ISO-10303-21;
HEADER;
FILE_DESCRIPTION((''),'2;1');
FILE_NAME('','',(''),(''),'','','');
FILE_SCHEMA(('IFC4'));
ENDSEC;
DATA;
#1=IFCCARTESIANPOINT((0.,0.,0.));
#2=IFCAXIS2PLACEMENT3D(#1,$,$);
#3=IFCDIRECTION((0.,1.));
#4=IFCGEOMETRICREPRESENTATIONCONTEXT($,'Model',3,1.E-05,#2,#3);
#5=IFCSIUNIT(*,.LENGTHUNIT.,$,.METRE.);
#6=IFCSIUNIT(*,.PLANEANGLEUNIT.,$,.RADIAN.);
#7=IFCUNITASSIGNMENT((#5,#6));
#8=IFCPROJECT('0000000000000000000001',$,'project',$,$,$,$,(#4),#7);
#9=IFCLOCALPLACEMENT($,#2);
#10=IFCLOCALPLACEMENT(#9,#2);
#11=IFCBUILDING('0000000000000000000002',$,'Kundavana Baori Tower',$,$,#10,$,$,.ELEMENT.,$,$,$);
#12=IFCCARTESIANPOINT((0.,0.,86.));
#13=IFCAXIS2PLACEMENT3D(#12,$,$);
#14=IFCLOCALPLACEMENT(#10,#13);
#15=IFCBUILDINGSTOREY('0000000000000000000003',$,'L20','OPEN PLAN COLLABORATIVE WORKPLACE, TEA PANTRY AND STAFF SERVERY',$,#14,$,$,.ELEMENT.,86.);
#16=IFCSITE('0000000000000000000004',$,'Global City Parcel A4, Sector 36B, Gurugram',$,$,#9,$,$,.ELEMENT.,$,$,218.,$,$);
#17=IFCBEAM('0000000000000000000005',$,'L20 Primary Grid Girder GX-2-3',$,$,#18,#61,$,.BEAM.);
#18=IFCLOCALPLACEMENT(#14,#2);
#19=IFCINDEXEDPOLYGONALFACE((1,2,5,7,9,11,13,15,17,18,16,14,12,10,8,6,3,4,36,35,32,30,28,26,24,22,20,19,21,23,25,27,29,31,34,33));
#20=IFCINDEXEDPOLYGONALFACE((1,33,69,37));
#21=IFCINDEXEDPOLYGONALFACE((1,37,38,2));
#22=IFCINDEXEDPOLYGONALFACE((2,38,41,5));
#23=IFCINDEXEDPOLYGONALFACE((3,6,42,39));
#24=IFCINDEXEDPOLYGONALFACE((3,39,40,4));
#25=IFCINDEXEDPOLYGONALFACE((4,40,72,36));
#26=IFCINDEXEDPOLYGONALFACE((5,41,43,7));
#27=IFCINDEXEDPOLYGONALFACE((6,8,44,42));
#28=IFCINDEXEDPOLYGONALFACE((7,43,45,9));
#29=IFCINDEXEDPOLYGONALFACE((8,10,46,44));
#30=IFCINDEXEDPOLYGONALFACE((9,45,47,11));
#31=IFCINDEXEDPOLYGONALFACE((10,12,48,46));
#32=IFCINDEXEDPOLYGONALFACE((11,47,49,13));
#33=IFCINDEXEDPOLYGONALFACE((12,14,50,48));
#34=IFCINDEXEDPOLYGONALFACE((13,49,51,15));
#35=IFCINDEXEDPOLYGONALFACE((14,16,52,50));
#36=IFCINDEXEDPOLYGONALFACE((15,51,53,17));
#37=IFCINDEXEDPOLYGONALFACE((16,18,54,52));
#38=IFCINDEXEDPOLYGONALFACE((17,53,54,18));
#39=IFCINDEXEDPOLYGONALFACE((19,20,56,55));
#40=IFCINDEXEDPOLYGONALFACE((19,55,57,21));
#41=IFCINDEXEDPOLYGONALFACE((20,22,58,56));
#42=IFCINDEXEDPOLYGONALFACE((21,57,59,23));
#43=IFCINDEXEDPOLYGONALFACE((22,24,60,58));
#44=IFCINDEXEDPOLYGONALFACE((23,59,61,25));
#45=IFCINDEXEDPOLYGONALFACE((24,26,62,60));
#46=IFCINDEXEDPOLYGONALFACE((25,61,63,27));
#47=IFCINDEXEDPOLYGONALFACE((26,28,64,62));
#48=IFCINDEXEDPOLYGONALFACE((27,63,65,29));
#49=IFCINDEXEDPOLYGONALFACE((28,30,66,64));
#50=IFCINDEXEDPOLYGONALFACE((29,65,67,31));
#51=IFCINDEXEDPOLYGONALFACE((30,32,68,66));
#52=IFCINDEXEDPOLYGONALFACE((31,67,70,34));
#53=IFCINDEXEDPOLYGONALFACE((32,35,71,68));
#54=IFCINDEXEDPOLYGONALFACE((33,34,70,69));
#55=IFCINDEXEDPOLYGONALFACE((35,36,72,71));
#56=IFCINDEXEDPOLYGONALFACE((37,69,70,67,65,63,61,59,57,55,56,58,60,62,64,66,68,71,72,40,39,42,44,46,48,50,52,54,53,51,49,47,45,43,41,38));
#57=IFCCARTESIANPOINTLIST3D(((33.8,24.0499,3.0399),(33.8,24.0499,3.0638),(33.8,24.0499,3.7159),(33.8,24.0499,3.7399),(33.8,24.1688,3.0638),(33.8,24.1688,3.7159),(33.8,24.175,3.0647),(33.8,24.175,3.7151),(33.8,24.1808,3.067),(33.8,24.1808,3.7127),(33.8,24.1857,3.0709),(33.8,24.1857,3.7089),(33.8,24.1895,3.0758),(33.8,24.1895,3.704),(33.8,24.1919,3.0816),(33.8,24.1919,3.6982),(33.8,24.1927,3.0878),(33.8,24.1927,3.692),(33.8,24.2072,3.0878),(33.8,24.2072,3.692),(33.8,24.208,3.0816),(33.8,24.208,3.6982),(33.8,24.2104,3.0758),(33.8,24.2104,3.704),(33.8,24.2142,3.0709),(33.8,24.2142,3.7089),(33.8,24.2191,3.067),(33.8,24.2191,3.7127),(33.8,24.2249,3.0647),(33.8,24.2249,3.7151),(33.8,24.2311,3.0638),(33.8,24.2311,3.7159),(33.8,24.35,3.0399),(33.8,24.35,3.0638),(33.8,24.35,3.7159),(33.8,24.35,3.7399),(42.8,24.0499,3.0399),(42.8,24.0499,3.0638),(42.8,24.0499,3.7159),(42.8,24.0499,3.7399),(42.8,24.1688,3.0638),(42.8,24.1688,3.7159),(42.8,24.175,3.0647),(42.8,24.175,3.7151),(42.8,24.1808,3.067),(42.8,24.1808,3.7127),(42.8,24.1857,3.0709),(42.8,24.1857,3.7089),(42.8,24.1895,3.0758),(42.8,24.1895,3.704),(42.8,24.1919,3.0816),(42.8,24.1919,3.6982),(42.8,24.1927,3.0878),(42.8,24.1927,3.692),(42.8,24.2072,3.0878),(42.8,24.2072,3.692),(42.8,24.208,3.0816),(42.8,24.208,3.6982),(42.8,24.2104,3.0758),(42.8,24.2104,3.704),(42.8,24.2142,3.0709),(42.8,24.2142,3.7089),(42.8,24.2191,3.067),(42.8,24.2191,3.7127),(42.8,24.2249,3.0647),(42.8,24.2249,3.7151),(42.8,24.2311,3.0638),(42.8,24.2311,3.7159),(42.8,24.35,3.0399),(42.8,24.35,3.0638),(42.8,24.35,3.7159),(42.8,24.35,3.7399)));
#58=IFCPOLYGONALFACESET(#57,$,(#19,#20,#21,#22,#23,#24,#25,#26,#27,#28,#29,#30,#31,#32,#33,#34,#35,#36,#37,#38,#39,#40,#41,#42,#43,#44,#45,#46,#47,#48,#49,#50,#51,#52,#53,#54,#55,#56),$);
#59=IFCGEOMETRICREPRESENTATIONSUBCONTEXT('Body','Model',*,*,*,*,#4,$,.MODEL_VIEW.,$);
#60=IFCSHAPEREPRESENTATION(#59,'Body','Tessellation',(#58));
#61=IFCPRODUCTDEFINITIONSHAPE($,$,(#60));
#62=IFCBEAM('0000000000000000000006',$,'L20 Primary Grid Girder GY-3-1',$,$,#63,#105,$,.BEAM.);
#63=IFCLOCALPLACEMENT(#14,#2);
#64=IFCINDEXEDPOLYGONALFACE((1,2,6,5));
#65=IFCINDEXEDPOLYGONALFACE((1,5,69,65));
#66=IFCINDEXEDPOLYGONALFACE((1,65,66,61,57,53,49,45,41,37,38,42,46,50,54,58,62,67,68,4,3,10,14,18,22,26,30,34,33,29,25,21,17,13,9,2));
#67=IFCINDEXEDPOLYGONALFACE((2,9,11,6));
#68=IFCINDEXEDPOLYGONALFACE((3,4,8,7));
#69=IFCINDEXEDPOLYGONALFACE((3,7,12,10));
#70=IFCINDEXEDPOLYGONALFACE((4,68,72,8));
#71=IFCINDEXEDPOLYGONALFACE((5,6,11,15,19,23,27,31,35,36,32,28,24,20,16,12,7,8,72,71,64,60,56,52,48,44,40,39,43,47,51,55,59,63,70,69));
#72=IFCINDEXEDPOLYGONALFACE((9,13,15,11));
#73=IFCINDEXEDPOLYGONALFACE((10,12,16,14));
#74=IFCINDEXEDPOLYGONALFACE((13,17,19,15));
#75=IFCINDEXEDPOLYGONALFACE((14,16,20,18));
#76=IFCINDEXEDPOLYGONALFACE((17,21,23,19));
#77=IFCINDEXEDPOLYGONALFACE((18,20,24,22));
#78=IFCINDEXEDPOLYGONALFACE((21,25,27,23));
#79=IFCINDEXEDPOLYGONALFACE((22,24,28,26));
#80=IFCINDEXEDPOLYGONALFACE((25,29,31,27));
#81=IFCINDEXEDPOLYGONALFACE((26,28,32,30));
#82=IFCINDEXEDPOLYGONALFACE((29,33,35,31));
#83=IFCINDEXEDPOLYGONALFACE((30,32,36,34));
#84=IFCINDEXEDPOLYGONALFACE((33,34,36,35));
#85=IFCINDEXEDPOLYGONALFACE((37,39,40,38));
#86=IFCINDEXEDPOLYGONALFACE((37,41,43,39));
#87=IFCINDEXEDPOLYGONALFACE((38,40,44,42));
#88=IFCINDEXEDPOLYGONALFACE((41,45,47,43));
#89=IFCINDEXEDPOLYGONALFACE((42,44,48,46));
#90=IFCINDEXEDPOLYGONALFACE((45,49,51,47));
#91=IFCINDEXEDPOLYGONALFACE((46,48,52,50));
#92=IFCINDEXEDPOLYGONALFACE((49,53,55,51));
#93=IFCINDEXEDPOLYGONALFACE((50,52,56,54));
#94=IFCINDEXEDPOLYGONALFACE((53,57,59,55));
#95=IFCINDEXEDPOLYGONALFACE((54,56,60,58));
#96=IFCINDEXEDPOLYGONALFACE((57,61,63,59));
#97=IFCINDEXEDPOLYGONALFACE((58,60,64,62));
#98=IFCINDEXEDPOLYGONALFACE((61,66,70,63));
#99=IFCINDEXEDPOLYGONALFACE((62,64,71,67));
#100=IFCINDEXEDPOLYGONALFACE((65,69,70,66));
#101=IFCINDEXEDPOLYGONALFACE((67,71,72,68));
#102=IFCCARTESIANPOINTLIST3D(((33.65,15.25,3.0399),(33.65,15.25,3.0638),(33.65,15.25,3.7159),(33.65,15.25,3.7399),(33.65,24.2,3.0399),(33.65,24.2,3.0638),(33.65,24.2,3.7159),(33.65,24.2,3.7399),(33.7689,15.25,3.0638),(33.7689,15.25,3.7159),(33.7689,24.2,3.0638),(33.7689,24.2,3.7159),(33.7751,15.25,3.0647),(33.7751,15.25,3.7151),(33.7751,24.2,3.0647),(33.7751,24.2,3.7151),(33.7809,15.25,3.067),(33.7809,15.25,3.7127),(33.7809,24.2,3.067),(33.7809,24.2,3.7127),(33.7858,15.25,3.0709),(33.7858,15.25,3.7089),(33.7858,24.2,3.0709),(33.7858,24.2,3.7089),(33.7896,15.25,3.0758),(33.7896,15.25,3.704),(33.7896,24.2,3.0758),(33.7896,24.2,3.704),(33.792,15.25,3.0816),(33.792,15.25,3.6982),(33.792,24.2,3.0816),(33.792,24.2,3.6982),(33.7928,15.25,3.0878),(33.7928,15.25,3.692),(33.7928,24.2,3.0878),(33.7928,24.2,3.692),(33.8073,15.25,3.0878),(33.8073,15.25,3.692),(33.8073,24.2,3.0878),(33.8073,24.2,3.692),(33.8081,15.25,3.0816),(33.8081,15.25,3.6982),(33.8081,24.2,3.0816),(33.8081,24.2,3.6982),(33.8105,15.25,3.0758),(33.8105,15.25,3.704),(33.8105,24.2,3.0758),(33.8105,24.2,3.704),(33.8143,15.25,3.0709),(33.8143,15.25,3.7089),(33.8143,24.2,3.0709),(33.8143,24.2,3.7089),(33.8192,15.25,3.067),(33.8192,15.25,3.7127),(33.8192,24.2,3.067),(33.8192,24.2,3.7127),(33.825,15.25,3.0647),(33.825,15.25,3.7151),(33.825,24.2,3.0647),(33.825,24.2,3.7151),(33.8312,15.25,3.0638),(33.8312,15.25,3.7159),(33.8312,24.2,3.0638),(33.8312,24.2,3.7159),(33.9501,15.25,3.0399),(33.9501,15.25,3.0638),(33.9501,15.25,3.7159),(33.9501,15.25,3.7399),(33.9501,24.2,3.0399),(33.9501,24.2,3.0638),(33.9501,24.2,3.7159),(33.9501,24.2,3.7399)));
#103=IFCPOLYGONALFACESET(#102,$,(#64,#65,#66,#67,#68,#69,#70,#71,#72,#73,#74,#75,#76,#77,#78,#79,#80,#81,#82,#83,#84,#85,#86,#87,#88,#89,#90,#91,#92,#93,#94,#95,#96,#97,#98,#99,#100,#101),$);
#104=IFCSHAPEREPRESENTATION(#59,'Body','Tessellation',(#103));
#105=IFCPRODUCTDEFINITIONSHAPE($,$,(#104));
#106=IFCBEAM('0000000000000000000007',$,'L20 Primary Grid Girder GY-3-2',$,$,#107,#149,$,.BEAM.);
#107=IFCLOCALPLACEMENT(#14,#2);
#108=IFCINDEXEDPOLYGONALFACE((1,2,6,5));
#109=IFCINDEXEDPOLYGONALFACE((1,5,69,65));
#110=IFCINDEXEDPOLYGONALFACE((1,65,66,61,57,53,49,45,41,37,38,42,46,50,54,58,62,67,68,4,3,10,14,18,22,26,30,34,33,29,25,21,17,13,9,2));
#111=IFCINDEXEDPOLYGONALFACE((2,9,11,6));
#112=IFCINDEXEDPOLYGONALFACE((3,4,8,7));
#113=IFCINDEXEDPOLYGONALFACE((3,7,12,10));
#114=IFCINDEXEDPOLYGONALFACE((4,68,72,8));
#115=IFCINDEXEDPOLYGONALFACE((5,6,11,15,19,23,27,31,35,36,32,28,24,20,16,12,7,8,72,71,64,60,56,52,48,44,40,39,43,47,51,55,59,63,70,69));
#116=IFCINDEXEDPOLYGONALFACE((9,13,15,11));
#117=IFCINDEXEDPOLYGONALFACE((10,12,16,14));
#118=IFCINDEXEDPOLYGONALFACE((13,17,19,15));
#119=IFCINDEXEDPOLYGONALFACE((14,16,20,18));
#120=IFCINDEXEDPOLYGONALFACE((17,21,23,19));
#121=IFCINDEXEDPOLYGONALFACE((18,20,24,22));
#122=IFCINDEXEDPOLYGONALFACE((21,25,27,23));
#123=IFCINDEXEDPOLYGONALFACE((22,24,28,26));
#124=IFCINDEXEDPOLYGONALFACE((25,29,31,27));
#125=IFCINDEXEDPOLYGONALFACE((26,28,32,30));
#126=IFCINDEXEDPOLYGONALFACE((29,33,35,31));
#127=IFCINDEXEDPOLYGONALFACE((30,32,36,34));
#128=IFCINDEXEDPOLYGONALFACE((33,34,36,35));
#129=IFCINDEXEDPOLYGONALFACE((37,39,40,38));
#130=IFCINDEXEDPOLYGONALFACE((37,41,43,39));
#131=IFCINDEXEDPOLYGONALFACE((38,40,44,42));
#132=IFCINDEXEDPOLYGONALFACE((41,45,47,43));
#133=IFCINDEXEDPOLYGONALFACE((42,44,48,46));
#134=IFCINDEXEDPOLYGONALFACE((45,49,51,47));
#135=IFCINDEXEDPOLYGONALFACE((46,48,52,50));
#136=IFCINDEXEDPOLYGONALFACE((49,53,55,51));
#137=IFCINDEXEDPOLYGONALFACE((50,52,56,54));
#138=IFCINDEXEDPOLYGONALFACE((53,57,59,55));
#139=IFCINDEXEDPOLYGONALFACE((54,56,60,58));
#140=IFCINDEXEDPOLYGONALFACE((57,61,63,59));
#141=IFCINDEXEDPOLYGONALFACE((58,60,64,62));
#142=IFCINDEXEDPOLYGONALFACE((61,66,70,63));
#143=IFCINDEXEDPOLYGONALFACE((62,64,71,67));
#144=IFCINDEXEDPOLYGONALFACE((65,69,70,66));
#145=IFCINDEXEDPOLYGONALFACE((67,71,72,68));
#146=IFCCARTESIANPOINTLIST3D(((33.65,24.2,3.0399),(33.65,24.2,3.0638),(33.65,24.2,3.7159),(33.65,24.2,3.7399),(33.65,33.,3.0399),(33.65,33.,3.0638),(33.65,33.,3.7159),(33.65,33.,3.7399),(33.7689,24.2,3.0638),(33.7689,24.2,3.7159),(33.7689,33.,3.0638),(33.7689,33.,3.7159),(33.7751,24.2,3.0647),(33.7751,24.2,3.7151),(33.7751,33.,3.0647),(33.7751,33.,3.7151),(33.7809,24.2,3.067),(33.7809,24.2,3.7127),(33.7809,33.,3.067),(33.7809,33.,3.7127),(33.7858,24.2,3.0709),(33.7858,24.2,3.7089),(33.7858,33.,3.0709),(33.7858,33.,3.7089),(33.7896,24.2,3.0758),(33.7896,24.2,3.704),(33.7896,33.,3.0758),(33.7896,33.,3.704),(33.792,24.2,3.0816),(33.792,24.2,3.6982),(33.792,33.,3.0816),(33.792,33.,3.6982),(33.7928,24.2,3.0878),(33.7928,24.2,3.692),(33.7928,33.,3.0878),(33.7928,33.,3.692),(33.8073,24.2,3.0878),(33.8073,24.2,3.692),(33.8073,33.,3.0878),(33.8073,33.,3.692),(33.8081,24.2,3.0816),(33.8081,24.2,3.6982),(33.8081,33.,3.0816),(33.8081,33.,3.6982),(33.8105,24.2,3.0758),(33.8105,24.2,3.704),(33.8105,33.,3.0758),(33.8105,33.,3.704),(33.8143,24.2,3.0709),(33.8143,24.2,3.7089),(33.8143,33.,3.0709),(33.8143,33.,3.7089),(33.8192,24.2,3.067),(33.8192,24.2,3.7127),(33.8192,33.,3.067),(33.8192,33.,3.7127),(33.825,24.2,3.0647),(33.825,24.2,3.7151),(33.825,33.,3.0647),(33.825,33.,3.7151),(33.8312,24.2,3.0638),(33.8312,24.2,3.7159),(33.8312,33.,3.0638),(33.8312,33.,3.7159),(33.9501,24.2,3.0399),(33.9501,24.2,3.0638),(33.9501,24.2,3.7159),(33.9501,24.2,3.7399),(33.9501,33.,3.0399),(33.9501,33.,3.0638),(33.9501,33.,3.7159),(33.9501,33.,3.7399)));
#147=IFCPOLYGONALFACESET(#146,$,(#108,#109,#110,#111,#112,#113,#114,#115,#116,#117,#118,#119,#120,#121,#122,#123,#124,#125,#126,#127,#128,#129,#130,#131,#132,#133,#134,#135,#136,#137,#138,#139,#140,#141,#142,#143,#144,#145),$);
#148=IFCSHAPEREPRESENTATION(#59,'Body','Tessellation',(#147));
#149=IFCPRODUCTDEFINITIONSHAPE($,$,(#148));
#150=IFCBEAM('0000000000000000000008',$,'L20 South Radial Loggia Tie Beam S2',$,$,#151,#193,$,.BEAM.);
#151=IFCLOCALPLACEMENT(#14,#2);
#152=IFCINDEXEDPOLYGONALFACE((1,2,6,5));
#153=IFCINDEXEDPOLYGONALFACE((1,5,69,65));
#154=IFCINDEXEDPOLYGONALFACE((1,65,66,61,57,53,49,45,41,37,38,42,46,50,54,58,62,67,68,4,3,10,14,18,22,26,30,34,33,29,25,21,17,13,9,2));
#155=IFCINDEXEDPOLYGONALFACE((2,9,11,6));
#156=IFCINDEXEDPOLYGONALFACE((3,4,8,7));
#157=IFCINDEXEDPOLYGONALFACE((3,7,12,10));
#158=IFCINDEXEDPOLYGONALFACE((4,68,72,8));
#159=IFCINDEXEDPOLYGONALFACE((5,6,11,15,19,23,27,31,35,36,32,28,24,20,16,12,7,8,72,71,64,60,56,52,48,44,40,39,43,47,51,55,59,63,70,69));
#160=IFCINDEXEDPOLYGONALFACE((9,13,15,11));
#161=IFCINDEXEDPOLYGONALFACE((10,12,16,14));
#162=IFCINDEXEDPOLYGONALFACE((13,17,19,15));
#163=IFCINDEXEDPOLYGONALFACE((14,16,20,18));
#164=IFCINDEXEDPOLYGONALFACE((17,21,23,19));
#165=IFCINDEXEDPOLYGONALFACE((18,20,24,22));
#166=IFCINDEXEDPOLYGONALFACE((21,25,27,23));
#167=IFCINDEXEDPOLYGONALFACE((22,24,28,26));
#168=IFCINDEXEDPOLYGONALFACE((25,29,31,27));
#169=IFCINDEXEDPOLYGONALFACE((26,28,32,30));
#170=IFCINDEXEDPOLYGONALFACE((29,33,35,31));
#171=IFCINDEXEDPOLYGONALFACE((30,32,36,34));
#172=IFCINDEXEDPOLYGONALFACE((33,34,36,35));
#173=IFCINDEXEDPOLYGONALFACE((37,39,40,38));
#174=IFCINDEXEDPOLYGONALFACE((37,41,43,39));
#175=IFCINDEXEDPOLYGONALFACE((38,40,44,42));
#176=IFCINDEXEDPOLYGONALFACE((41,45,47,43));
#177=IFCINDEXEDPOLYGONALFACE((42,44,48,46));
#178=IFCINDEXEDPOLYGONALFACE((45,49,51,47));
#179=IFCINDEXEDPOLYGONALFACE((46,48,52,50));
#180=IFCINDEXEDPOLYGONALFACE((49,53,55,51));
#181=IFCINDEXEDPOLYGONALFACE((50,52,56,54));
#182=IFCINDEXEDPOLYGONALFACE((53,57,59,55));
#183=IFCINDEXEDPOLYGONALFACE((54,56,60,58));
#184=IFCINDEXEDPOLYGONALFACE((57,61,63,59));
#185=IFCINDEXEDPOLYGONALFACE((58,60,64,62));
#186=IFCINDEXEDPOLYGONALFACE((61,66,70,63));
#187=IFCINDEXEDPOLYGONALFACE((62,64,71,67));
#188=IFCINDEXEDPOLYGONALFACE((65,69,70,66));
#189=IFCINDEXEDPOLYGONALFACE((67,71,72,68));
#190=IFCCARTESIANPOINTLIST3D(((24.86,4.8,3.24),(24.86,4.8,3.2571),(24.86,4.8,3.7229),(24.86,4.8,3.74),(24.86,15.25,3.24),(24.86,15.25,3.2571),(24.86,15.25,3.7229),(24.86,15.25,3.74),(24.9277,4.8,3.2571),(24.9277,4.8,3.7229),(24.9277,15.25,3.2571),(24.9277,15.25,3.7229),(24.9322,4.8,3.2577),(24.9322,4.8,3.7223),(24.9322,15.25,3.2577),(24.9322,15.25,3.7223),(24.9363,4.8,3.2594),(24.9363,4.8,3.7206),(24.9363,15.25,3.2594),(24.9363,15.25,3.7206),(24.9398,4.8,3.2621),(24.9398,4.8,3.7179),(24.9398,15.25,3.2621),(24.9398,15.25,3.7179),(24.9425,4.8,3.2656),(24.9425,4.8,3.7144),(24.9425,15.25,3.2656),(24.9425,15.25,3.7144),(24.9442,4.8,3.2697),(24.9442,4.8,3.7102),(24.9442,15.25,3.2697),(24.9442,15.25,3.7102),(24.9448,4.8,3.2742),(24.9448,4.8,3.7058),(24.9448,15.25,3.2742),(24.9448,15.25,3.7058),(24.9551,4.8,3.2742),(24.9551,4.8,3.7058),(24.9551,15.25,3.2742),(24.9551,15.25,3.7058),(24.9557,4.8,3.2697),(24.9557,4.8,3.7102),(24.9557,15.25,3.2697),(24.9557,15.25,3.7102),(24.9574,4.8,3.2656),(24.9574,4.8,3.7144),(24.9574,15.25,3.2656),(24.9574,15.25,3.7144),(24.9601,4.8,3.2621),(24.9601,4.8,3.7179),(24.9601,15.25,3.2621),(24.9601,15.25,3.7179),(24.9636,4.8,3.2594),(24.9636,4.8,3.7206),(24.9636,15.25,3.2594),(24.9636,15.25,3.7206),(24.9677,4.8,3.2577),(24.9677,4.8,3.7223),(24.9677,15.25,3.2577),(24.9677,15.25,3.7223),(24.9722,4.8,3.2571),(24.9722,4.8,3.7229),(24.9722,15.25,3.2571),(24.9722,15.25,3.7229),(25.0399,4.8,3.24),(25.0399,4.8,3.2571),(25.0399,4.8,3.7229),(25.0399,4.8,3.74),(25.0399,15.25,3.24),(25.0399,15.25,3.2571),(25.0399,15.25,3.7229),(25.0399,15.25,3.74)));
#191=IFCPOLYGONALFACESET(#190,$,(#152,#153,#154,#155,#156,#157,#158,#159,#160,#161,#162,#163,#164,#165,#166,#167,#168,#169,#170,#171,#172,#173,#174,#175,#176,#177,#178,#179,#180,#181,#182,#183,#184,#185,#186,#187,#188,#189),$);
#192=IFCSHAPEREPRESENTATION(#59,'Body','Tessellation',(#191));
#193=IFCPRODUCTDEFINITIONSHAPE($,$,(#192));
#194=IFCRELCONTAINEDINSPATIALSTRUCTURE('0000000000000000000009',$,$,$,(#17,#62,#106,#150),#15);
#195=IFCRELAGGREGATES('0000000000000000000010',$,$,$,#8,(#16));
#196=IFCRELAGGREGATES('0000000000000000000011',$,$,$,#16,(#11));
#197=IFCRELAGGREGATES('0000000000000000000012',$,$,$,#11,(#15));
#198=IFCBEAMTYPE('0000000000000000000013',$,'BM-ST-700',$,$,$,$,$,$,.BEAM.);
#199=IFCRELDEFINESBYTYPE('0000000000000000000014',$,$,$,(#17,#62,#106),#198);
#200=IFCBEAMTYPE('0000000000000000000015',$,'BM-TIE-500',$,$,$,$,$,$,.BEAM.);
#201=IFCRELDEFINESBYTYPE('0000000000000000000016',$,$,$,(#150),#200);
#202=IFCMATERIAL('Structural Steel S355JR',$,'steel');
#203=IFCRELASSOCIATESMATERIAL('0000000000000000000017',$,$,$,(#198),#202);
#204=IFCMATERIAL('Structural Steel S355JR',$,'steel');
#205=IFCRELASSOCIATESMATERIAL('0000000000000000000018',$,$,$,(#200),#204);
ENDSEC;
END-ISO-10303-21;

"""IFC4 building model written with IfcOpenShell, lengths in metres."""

from ifc_helpers import new_model, si_unit, direction, frame, origin, origin_2d, place, context, subcontext, project, spatial, i_section, extrude, material, material_profile, profile_set, type_object, element, save


model = new_model("IFC4")

# Units and contexts
model_context = context("Model", 3, precision=1e-05, world=origin(), true_north=direction((0.0, 1.0)))
body_context = subcontext(model_context, "Body", "Model", "MODEL_VIEW")
ifc_project = project(units=[si_unit("LENGTHUNIT", "METRE"), si_unit("PLANEANGLEUNIT", "RADIAN")], contexts=[model_context])

# Site, building, storey
site_placement = place(None, origin())
site = spatial("IfcSite", under=ifc_project, at=site_placement, Name="Global City Parcel A4, Sector 36B, Gurugram", CompositionType="ELEMENT", RefElevation=218.0)
building_placement = place(site_placement, origin())
building = spatial("IfcBuilding", under=site, at=building_placement, Name="Kundavana Baori Tower", CompositionType="ELEMENT")
storey_placement = place(building_placement, frame((0.0, 0.0, 86.0)))
storey = spatial("IfcBuildingStorey", under=building, at=storey_placement, Name="L20", Description="OPEN PLAN COLLABORATIVE WORKPLACE, TEA PANTRY AND STAFF SERVERY", CompositionType="ELEMENT", Elevation=86.0)

# Beams
ifc_material_1 = material(Name="Structural Steel S355JR", Category="steel")
ifc_material_profile_1 = material_profile(ifc_material_1, i_section(OverallWidth=0.3, OverallDepth=0.7, WebThickness=0.0144, FlangeThickness=0.0239, FilletRadius=0.0239, at=origin_2d()), Name="NPB 700x300x170")
ifc_profile_set_1 = profile_set([ifc_material_profile_1], Name="Structural Steel S355JR")
beam_type_1 = type_object("IfcBeamType", Name="BM-ST-700", PredefinedType="BEAM", material=ifc_profile_set_1)
beam_1_placement = place(storey_placement, frame((33.8, 24.2, 3.3899), z_axis=(1.0, 0.0, 0.0), x_axis=(0.0, 1.0, 0.0)))
element("IfcBeam", 1, at=beam_1_placement, inside=storey, type_object=beam_type_1, Name="L20 Primary Grid Girder GX-2-3", PredefinedType="BEAM", context=body_context, shape_type="SweptSolid", body=[
    extrude(i_section(OverallWidth=0.3, OverallDepth=0.7, WebThickness=0.0144, FlangeThickness=0.0239, FilletRadius=0.0239, at=origin_2d()), origin(), (0.0, 0.0, 1.0), 9.0),
])
beam_2_placement = place(storey_placement, frame((33.8, 15.25, 3.3899), z_axis=(0.0, 1.0, 0.0), x_axis=(-1.0, 0.0, 0.0)))
element("IfcBeam", 2, at=beam_2_placement, inside=storey, type_object=beam_type_1, Name="L20 Primary Grid Girder GY-3-1", PredefinedType="BEAM", context=body_context, shape_type="SweptSolid", body=[
    extrude(i_section(OverallWidth=0.3, OverallDepth=0.7, WebThickness=0.0144, FlangeThickness=0.0239, FilletRadius=0.0239, at=origin_2d()), origin(), (0.0, 0.0, 1.0), 8.95),
])
beam_3_placement = place(storey_placement, frame((33.8, 24.2, 3.3899), z_axis=(0.0, 1.0, 0.0), x_axis=(-1.0, 0.0, 0.0)))
element("IfcBeam", 3, at=beam_3_placement, inside=storey, type_object=beam_type_1, Name="L20 Primary Grid Girder GY-3-2", PredefinedType="BEAM", context=body_context, shape_type="SweptSolid", body=[
    extrude(i_section(OverallWidth=0.3, OverallDepth=0.7, WebThickness=0.0144, FlangeThickness=0.0239, FilletRadius=0.0239, at=origin_2d()), origin(), (0.0, 0.0, 1.0), 8.8),
])
ifc_material_2 = material(Name="Structural Steel S355JR", Category="steel")
ifc_material_profile_2 = material_profile(ifc_material_2, i_section(OverallWidth=0.1799, OverallDepth=0.5, WebThickness=0.0103, FlangeThickness=0.0171, FilletRadius=0.0171, at=origin_2d()), Name="ISMB 500")
ifc_profile_set_2 = profile_set([ifc_material_profile_2], Name="Structural Steel S355JR")
beam_type_2 = type_object("IfcBeamType", Name="BM-TIE-500", PredefinedType="BEAM", material=ifc_profile_set_2)
for number, where, z_axis, x_axis, name in (
    (4, (24.95, 15.25, 3.49), (0.0, -1.0, 0.0), (1.0, 0.0, 0.0), "L20 South Radial Loggia Tie Beam S2"),
):
    element("IfcBeam", number, at=place(storey_placement, frame(where, z_axis=z_axis, x_axis=x_axis)), inside=storey, type_object=beam_type_2, Name=name, PredefinedType="BEAM", context=body_context, shape_type="SweptSolid", body=[
        extrude(i_section(OverallWidth=0.1799, OverallDepth=0.5, WebThickness=0.0103, FlangeThickness=0.0171, FilletRadius=0.0171, at=origin_2d()), origin(), (0.0, 0.0, 1.0), 10.45),
    ])

save(model, "model.ifc")
